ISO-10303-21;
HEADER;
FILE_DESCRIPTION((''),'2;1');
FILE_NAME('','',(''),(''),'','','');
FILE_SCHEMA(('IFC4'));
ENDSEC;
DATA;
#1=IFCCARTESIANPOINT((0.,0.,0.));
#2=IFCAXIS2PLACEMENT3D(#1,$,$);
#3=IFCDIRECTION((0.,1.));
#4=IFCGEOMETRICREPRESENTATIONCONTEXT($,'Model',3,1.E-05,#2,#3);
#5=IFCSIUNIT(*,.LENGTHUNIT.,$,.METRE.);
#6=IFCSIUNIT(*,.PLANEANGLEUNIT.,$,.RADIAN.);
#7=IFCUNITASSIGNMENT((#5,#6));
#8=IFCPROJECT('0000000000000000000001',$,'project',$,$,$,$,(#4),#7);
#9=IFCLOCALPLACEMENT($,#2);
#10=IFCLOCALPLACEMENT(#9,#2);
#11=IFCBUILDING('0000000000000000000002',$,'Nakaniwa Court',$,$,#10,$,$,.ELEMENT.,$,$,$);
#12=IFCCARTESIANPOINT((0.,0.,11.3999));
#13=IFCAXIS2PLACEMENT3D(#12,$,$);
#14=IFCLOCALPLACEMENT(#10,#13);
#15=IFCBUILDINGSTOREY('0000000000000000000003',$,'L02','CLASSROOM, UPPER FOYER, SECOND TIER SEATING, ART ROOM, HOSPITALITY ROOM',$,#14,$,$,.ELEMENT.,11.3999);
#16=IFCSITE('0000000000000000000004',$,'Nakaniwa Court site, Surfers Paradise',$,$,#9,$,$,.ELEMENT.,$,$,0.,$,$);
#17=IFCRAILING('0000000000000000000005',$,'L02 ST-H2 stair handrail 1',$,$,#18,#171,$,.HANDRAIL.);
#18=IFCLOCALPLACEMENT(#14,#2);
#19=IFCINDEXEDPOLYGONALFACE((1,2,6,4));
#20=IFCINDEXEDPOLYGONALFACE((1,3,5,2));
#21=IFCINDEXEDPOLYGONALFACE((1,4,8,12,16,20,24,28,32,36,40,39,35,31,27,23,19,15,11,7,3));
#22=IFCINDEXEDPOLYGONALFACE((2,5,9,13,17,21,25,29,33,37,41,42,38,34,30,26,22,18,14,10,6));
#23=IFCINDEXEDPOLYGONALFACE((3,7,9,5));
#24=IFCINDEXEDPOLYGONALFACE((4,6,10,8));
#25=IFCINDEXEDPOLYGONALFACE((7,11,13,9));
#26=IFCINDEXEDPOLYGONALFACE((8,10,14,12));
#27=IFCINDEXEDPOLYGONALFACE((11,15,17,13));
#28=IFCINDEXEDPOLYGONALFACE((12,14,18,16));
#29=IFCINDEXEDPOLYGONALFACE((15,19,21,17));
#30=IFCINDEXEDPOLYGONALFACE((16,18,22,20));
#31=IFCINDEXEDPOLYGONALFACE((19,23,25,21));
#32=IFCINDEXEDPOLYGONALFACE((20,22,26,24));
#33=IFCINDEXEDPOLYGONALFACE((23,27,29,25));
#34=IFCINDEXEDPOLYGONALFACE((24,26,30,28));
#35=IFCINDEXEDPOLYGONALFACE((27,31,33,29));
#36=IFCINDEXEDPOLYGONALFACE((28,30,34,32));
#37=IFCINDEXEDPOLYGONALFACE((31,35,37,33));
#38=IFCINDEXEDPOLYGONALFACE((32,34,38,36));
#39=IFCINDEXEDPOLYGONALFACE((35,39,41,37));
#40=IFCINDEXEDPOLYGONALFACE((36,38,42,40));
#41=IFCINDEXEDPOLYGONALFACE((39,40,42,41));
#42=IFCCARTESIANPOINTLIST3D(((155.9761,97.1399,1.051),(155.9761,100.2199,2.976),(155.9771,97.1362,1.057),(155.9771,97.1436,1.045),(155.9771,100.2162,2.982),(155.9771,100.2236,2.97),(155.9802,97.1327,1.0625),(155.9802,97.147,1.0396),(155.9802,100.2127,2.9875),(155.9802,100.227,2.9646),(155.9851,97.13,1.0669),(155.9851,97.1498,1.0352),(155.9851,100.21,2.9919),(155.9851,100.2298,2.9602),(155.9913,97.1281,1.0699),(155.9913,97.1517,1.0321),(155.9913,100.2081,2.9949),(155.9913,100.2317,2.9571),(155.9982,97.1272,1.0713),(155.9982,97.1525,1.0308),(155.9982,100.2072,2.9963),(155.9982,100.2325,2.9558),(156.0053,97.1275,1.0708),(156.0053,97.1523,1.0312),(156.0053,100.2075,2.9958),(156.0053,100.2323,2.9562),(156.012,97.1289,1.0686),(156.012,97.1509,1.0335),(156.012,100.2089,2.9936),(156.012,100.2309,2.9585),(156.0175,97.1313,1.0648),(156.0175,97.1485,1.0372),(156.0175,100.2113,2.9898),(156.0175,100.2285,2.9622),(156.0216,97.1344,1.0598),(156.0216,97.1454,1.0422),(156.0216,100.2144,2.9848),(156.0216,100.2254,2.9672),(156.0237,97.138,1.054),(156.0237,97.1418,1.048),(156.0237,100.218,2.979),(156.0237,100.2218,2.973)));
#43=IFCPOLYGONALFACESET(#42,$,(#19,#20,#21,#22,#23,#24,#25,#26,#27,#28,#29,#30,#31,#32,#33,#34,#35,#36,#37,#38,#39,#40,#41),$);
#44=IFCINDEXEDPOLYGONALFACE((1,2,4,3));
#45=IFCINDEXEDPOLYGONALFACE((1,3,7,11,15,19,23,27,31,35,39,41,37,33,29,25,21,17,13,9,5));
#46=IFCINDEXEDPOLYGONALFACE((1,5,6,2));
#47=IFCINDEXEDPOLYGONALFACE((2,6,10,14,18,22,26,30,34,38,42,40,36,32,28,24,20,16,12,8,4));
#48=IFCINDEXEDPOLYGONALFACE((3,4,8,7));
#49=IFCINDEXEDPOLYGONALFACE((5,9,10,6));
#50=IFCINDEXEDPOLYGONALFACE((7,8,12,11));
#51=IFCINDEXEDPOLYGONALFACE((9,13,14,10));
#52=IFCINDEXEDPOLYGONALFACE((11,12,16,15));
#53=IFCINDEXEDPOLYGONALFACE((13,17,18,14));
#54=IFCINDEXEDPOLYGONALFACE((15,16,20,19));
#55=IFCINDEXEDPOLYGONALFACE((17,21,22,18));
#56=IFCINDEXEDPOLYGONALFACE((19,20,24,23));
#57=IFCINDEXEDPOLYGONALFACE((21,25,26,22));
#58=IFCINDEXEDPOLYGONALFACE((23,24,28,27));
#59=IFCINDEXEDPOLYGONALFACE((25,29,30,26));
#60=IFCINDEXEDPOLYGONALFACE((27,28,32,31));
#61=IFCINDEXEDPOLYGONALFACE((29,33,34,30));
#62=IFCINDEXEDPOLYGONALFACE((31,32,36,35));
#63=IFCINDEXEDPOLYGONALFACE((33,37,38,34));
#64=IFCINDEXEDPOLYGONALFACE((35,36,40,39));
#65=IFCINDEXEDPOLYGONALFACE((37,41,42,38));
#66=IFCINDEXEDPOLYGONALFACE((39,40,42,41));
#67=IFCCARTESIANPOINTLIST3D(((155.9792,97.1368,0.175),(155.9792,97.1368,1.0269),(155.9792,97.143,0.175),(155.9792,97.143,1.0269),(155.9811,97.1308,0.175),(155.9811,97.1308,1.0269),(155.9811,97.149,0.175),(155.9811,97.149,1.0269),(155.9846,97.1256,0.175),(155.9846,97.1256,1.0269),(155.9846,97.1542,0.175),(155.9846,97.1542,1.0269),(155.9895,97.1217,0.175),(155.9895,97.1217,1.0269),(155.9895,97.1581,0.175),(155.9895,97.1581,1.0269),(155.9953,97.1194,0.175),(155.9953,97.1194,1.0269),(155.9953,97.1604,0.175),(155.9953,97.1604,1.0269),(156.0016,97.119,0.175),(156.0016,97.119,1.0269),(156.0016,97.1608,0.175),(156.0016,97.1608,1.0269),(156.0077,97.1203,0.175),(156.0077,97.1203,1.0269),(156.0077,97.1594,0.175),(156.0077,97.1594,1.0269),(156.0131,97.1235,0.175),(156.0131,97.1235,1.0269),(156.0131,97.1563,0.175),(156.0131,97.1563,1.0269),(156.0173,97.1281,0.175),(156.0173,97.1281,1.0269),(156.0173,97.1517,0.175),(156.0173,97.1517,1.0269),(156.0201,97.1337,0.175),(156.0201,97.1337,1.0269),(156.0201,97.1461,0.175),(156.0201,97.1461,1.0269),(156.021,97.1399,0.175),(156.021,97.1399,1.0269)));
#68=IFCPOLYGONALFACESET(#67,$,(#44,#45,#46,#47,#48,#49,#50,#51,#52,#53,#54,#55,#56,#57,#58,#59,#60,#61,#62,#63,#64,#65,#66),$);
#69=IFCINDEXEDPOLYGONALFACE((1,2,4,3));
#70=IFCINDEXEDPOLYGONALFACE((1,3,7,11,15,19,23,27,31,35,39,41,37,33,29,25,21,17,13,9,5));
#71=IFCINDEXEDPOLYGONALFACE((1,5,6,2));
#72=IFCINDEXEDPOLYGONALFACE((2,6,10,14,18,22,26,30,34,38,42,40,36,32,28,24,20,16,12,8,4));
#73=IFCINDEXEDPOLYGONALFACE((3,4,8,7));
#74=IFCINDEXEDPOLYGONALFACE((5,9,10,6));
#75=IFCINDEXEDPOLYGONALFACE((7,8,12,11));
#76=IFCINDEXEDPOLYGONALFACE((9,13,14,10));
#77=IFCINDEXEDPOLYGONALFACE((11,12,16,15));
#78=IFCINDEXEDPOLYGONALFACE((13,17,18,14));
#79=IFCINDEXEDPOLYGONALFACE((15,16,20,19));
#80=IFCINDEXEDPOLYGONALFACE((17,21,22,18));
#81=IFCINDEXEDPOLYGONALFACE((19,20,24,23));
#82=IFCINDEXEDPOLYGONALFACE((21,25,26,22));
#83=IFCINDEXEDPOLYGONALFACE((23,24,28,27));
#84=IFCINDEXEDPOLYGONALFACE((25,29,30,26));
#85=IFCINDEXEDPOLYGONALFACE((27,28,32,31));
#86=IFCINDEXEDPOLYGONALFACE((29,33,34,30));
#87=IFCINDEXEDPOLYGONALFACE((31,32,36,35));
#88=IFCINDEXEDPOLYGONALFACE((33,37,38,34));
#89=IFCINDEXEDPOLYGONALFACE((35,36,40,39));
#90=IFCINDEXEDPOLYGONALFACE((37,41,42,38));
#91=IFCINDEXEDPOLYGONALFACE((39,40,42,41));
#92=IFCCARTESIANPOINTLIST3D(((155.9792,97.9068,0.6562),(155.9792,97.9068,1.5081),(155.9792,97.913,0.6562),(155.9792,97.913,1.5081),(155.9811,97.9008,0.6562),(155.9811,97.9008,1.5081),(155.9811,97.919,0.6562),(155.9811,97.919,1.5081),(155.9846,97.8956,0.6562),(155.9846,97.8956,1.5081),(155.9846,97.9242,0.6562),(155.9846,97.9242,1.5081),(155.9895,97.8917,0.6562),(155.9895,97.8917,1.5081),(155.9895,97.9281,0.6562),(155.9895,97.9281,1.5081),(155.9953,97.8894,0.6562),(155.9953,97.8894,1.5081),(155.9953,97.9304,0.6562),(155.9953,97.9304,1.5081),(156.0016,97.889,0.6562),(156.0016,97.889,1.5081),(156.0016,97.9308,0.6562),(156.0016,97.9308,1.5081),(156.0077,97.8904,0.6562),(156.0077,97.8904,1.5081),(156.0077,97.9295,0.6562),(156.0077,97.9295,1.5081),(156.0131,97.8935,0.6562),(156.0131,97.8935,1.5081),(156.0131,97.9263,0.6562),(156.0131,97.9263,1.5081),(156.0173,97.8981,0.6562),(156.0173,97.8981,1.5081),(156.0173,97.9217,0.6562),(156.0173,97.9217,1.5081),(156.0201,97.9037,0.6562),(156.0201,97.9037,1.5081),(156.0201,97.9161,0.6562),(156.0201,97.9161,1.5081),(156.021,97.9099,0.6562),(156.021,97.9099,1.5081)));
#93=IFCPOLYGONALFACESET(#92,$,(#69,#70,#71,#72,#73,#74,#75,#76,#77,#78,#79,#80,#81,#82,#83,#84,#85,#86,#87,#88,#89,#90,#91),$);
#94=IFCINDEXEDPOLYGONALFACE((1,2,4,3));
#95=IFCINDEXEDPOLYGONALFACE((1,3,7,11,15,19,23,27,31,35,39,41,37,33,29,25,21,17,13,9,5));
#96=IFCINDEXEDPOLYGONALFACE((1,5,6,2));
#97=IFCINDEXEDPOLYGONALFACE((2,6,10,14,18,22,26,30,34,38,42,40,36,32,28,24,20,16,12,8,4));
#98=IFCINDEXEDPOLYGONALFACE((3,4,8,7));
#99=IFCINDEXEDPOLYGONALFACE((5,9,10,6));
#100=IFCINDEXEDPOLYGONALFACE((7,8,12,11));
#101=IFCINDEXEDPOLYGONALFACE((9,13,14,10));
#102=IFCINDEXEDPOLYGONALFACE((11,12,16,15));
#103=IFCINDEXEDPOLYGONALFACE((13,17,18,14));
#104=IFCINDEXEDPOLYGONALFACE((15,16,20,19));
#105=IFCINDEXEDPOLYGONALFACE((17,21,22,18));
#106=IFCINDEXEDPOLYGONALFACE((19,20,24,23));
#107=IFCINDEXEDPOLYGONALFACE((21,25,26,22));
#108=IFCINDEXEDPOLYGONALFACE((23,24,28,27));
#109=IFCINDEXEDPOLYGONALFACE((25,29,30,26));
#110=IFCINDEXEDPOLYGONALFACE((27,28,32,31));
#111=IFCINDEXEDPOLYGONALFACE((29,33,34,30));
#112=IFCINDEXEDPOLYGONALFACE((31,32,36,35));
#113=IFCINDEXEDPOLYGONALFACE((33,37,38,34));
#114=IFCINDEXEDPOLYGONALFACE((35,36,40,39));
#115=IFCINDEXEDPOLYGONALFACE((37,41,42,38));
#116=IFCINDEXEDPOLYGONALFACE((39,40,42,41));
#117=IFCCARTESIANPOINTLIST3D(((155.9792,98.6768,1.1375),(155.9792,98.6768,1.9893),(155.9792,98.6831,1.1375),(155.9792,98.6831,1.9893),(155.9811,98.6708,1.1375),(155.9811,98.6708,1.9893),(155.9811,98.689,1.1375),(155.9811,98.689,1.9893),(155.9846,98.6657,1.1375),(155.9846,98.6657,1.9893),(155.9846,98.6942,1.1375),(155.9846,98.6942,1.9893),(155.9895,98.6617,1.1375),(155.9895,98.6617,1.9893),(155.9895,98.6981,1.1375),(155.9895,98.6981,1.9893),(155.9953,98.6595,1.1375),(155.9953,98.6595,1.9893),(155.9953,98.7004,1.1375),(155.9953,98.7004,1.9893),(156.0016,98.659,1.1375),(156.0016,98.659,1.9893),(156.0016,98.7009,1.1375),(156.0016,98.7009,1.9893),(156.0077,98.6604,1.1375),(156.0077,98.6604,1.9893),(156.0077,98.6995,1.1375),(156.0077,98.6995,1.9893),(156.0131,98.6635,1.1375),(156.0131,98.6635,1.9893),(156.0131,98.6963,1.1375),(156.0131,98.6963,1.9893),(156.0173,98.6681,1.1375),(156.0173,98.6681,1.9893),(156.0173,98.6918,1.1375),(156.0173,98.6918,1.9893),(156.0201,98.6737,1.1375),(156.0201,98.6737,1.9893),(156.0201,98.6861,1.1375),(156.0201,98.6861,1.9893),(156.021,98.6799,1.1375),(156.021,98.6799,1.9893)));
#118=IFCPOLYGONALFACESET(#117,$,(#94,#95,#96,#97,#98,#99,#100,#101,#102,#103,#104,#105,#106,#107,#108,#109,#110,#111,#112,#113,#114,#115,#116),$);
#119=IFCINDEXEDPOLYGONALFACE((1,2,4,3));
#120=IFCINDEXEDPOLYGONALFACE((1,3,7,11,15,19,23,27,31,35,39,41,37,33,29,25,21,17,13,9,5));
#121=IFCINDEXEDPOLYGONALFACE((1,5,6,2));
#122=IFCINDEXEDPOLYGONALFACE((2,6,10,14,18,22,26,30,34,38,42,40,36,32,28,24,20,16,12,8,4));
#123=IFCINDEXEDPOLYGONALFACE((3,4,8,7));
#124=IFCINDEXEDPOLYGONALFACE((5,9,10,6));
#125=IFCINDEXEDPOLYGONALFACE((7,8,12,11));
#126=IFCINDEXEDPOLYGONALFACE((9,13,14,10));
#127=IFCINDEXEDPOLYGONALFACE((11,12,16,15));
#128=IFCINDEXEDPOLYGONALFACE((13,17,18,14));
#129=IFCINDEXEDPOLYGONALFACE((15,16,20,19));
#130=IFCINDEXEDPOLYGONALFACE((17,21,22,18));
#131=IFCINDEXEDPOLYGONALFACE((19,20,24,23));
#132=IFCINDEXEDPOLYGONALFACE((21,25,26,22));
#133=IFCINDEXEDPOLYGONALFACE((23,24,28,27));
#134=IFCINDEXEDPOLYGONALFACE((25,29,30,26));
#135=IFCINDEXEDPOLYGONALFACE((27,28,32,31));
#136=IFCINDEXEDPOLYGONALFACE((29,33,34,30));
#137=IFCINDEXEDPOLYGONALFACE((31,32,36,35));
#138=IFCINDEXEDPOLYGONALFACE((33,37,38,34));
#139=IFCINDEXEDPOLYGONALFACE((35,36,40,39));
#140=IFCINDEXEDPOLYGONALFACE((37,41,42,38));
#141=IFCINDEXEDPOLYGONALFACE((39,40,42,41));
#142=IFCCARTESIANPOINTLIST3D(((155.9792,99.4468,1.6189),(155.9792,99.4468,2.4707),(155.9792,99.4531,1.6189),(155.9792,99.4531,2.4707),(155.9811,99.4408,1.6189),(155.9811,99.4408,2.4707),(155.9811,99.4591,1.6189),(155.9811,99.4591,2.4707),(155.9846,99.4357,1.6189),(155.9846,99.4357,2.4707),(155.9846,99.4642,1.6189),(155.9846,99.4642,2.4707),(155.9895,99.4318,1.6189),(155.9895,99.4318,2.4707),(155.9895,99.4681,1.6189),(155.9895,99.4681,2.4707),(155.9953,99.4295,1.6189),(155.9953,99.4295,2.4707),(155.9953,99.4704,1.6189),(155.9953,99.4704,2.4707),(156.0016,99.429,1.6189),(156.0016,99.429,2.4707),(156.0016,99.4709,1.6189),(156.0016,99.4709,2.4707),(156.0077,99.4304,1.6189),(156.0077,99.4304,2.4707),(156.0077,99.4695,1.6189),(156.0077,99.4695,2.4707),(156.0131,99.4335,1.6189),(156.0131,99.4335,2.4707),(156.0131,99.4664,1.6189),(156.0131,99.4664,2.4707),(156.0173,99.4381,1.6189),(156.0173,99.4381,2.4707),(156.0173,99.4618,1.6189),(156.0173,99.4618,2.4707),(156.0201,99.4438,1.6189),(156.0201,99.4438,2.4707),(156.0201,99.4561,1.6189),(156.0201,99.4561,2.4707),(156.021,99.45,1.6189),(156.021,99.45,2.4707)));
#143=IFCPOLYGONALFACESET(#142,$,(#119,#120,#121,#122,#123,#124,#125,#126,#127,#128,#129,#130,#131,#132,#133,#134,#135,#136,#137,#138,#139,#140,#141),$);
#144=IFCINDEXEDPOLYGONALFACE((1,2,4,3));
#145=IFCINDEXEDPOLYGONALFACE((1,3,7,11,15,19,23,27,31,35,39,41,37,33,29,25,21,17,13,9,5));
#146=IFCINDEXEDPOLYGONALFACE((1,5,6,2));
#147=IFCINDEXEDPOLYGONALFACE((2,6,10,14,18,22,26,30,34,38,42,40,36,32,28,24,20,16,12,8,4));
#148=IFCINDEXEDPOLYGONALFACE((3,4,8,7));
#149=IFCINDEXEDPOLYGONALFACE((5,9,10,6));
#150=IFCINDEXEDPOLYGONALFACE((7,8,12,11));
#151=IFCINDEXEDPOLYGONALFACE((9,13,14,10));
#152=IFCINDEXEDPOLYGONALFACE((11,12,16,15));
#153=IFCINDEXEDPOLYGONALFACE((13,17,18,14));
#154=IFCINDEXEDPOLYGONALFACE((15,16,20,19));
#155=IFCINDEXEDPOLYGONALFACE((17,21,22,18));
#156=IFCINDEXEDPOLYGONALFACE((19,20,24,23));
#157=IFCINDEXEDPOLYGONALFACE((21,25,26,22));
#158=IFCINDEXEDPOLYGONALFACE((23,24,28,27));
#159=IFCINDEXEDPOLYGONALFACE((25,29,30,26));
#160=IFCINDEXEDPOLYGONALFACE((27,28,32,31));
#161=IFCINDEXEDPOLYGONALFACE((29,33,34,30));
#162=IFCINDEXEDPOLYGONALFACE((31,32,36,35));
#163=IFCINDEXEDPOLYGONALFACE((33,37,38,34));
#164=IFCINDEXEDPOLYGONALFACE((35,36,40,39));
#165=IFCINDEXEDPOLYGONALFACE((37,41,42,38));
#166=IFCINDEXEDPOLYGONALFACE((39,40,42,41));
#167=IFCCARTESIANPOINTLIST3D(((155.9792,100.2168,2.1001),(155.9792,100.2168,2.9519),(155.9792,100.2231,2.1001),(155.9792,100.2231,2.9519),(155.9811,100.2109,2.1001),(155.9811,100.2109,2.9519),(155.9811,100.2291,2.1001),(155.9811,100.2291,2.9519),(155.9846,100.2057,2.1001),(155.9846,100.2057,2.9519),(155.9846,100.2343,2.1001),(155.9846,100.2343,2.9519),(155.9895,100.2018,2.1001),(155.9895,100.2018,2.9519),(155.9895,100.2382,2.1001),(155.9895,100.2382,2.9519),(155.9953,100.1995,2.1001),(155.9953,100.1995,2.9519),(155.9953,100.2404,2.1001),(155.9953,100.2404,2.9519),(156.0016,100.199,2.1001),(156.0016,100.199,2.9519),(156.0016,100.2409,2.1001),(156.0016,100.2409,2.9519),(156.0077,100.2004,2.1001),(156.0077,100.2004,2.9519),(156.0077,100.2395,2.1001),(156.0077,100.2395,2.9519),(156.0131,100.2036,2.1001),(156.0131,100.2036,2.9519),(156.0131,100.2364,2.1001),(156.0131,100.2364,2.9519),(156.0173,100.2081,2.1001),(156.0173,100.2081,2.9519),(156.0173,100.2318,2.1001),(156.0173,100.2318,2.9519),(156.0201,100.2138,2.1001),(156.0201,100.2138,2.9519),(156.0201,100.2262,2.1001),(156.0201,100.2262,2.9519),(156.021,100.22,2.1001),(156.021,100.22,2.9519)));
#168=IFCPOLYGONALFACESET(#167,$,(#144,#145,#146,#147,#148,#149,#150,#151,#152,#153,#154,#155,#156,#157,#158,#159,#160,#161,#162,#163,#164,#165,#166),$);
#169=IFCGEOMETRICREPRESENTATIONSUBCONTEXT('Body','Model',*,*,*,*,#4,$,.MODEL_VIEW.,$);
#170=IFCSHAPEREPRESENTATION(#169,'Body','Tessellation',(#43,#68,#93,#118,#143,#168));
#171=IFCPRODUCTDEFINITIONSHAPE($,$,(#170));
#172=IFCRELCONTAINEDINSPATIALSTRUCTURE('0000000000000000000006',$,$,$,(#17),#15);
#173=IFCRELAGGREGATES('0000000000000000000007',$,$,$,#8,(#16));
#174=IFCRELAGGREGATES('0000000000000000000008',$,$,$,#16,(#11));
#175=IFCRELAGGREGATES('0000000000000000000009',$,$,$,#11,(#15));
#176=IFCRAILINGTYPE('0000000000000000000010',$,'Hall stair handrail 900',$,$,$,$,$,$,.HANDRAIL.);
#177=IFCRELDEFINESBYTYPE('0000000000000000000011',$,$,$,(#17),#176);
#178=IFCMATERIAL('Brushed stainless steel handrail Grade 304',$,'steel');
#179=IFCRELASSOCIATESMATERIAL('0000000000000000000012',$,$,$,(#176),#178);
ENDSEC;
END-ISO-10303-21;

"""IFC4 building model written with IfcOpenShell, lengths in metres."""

from ifc_helpers import new_model, si_unit, direction, frame, origin, origin_2d, place, context, subcontext, project, spatial, circle, extrude, material, type_object, element, save


model = new_model("IFC4")

# Units and contexts
model_context = context("Model", 3, precision=1e-05, world=origin(), true_north=direction((0.0, 1.0)))
body_context = subcontext(model_context, "Body", "Model", "MODEL_VIEW")
ifc_project = project(units=[si_unit("LENGTHUNIT", "METRE"), si_unit("PLANEANGLEUNIT", "RADIAN")], contexts=[model_context])

# Site, building, storey
site_placement = place(None, origin())
site = spatial("IfcSite", under=ifc_project, at=site_placement, Name="Nakaniwa Court site, Surfers Paradise", CompositionType="ELEMENT", RefElevation=0.0)
building_placement = place(site_placement, origin())
building = spatial("IfcBuilding", under=site, at=building_placement, Name="Nakaniwa Court", CompositionType="ELEMENT")
storey_placement = place(building_placement, frame((0.0, 0.0, 11.3999)))
storey = spatial("IfcBuildingStorey", under=building, at=storey_placement, Name="L02", Description="CLASSROOM, UPPER FOYER, SECOND TIER SEATING, ART ROOM, HOSPITALITY ROOM", CompositionType="ELEMENT", Elevation=11.3999)

# Railing
ifc_material_1 = material(Name="Brushed stainless steel handrail Grade 304", Category="steel")
railing_type_1 = type_object("IfcRailingType", Name="Hall stair handrail 900", PredefinedType="HANDRAIL", material=ifc_material_1)
railing_1_placement = place(storey_placement, frame((156.0, 97.1399, 0.175)))
element("IfcRailing", 1, at=railing_1_placement, inside=storey, type_object=railing_type_1, Name="L02 ST-H2 stair handrail 1", PredefinedType="HANDRAIL", context=body_context, shape_type="SweptSolid", body=[
    extrude(circle(Radius=0.0239, at=origin_2d()), frame((0.0, 0.0, 0.876), z_axis=(0.0, 0.847998, 0.529999), x_axis=(-1.0, 0.0, 0.0)), (0.0, 0.0, 1.0), 3.6321),
    extrude(circle(Radius=0.021, at=origin_2d()), origin(), (0.0, 0.0, 1.0), 0.8518),
    extrude(circle(Radius=0.021, at=origin_2d()), frame((0.0, 0.77, 0.4812)), (0.0, 0.0, 1.0), 0.8518),
    extrude(circle(Radius=0.021, at=origin_2d()), frame((0.0, 1.54, 0.9624)), (0.0, 0.0, 1.0), 0.8518),
    extrude(circle(Radius=0.021, at=origin_2d()), frame((0.0, 2.3101, 1.4438)), (0.0, 0.0, 1.0), 0.8518),
    extrude(circle(Radius=0.021, at=origin_2d()), frame((0.0, 3.0801, 1.925)), (0.0, 0.0, 1.0), 0.8518),
])

save(model, "model.ifc")
